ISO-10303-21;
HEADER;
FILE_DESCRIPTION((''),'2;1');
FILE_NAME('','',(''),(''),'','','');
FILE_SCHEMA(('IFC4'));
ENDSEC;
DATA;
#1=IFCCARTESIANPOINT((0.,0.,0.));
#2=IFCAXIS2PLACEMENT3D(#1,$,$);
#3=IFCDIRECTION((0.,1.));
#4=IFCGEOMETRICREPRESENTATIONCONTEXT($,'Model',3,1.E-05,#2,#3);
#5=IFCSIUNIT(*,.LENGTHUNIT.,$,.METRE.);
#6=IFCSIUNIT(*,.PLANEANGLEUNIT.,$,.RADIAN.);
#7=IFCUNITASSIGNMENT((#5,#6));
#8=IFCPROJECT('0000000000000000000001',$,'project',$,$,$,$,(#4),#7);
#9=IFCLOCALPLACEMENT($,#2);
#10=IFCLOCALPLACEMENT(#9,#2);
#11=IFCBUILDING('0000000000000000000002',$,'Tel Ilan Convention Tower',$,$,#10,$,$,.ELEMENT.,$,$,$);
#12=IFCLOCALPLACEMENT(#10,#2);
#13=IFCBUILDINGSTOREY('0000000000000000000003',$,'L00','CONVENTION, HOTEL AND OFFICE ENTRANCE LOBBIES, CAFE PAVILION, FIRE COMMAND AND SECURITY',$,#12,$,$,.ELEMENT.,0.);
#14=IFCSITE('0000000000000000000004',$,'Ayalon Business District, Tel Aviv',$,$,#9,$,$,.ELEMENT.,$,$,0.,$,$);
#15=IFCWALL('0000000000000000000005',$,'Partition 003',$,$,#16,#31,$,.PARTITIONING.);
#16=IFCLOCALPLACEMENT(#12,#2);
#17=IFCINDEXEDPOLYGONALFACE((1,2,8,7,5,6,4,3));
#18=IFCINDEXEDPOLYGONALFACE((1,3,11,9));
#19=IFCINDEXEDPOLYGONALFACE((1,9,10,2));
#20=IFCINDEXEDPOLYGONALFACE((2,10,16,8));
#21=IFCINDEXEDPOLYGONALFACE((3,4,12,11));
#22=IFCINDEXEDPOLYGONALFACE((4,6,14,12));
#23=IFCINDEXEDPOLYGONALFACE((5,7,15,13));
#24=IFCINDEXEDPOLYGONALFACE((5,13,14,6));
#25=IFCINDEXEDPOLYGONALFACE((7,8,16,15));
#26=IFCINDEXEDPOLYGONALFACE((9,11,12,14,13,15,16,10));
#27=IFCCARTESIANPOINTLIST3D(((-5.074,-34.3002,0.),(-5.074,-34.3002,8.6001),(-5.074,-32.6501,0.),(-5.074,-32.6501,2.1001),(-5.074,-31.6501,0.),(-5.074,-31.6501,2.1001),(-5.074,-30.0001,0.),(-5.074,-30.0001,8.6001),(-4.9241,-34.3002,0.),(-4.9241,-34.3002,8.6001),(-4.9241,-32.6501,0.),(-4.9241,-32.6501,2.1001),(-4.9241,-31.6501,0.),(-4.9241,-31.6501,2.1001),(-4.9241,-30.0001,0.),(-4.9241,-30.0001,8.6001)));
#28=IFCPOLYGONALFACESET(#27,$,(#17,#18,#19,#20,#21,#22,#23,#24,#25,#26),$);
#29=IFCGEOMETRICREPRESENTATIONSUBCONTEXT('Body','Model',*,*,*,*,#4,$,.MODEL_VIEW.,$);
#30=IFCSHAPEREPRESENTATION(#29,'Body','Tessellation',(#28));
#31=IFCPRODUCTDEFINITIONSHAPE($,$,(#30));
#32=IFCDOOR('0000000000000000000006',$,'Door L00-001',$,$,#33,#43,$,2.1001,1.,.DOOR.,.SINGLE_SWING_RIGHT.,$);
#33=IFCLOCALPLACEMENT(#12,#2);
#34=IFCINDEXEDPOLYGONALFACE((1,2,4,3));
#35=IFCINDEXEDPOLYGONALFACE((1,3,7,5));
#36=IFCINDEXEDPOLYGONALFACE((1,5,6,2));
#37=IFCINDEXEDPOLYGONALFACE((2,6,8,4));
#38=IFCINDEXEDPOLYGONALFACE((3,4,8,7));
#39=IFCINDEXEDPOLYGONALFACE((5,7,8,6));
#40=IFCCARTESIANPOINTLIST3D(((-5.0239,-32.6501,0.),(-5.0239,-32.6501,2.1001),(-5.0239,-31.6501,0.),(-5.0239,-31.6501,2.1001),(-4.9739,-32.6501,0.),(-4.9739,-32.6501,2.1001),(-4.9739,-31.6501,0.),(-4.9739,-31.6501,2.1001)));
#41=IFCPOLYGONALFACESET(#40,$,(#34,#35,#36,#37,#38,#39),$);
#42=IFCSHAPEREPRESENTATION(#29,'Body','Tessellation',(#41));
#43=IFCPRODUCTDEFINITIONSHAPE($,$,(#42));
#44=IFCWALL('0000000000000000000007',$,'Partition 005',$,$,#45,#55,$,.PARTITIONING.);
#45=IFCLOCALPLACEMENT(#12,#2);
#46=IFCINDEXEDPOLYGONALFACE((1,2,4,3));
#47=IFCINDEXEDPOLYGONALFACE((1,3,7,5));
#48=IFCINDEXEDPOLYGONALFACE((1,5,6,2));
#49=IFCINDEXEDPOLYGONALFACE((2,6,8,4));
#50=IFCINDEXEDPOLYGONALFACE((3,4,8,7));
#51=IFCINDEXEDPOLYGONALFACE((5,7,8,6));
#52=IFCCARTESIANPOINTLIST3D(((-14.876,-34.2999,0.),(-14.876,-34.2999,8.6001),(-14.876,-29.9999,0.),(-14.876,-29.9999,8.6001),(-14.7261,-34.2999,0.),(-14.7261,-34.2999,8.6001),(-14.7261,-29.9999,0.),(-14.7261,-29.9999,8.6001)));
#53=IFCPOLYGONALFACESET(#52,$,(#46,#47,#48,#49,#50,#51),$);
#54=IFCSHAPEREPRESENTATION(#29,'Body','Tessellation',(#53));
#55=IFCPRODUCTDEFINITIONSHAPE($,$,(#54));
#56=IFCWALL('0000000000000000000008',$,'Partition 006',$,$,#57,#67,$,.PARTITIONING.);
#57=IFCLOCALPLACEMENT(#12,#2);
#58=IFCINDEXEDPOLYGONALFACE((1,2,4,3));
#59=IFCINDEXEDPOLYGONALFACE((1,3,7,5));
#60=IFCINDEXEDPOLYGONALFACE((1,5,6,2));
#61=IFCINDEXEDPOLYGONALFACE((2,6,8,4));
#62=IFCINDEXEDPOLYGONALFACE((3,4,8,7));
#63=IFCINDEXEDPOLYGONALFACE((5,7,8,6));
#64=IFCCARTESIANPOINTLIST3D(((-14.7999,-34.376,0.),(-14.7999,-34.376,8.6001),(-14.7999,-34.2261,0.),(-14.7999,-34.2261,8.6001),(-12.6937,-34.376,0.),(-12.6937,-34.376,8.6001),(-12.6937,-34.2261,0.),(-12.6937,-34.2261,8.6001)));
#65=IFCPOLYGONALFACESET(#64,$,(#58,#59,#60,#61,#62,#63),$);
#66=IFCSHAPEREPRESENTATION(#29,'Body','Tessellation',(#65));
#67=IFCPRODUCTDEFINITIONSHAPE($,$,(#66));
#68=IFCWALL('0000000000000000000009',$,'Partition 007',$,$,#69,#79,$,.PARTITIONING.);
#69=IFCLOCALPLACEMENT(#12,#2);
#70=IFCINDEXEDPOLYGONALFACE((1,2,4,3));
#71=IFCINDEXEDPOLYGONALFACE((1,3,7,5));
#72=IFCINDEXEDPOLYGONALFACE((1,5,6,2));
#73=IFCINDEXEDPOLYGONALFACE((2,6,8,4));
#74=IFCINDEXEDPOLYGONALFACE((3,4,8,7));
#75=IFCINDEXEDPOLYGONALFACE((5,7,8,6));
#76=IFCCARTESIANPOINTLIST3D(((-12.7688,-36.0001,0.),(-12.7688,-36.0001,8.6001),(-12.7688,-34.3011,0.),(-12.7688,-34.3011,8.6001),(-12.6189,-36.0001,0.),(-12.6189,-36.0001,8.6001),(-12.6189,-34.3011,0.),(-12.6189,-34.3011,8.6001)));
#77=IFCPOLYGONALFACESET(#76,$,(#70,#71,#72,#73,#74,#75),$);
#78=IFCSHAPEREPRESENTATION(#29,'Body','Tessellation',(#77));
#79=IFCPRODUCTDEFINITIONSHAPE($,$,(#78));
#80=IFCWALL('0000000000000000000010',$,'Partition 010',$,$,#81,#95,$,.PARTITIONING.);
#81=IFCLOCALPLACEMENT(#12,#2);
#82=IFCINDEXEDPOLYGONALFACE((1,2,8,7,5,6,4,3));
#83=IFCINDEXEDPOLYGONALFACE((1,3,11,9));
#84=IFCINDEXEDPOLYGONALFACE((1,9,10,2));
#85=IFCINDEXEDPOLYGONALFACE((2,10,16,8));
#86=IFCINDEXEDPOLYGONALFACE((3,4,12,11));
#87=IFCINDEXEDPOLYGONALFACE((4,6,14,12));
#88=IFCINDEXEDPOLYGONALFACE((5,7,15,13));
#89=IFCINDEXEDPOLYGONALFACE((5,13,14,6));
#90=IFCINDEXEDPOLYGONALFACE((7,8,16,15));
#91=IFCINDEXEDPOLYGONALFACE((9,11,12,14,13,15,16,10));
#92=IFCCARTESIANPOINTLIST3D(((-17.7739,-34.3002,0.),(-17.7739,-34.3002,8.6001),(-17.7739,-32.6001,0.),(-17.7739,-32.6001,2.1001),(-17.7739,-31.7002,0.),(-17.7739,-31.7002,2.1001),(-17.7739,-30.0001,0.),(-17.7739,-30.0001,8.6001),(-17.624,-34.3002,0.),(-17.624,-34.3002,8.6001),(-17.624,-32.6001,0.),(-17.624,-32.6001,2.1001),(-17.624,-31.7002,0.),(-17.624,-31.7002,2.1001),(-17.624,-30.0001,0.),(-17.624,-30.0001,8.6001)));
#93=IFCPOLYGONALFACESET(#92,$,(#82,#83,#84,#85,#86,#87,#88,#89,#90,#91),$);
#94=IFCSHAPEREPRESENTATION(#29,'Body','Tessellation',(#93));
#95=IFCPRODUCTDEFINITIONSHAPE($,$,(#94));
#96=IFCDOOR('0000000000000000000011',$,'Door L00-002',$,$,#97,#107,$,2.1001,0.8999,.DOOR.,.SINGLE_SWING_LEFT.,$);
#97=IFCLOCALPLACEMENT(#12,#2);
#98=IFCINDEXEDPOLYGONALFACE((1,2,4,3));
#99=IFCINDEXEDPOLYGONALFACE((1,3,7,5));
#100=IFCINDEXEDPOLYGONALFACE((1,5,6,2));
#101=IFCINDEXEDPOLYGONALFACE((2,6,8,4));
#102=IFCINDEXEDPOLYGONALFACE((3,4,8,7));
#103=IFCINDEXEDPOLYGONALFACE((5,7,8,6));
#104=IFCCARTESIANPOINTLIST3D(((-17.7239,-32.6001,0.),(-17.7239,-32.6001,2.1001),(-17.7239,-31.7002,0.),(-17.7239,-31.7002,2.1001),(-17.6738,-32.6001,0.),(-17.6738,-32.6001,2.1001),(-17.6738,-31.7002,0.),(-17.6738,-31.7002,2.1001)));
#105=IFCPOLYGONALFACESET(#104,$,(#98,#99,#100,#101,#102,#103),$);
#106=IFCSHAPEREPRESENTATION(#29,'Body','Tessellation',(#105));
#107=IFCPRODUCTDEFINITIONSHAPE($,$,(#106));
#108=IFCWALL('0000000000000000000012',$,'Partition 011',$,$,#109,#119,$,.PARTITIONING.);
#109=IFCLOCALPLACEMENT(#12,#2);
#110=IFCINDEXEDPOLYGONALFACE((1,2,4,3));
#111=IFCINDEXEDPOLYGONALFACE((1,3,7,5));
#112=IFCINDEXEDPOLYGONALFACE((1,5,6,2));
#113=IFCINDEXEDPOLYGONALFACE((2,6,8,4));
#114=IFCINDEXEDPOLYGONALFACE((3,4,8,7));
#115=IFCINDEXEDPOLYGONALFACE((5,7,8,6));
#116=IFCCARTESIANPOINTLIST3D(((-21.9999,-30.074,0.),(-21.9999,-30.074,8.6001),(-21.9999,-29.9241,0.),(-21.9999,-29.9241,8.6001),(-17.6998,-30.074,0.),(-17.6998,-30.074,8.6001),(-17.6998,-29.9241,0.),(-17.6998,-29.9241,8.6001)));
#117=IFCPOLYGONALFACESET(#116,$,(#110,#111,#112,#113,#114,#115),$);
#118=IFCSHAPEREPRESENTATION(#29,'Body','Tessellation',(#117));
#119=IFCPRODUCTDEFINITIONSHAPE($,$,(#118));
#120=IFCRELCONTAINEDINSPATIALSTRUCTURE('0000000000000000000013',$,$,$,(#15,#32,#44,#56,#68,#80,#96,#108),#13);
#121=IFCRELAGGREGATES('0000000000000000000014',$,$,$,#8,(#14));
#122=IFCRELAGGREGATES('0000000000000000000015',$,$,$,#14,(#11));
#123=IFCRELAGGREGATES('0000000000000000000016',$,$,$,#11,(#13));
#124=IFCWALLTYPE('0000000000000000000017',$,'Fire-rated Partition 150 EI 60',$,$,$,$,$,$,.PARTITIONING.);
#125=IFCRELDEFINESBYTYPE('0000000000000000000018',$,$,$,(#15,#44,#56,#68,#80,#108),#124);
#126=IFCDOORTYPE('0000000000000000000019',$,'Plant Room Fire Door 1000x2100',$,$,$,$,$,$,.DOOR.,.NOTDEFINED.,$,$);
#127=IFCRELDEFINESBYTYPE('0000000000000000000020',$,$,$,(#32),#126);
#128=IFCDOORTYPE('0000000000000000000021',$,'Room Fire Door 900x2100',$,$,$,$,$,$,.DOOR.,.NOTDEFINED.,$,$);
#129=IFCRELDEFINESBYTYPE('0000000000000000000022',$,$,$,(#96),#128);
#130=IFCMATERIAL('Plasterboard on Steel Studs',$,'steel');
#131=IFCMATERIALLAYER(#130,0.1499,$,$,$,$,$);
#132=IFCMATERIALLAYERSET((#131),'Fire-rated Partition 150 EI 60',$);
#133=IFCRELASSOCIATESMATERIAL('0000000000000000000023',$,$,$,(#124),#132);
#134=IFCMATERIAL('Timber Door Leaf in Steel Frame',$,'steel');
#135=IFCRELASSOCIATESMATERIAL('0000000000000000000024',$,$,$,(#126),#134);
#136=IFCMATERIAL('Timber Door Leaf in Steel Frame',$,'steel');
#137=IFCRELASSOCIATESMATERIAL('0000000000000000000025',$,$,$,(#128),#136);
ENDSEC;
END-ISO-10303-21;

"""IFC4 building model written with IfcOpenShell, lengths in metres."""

from ifc_helpers import new_model, si_unit, direction, frame, frame_2d, origin, place, context, subcontext, project, spatial, rectangle, extrude, material, layer, layer_set, type_object, element, fill, save


model = new_model("IFC4")

# Units and contexts
model_context = context("Model", 3, precision=1e-05, world=origin(), true_north=direction((0.0, 1.0)))
body_context = subcontext(model_context, "Body", "Model", "MODEL_VIEW")
ifc_project = project(units=[si_unit("LENGTHUNIT", "METRE"), si_unit("PLANEANGLEUNIT", "RADIAN")], contexts=[model_context])

# Site, building, storey
site_placement = place(None, origin())
site = spatial("IfcSite", under=ifc_project, at=site_placement, Name="Ayalon Business District, Tel Aviv", CompositionType="ELEMENT", RefElevation=0.0)
building_placement = place(site_placement, origin())
building = spatial("IfcBuilding", under=site, at=building_placement, Name="Tel Ilan Convention Tower", CompositionType="ELEMENT")
storey_placement = place(building_placement, origin())
storey = spatial("IfcBuildingStorey", under=building, at=storey_placement, Name="L00", Description="CONVENTION, HOTEL AND OFFICE ENTRANCE LOBBIES, CAFE PAVILION, FIRE COMMAND AND SECURITY", CompositionType="ELEMENT", Elevation=0.0)

# Shared definitions
ifc_material_1 = material(Name="Plasterboard on Steel Studs", Category="steel")
ifc_layer_1 = layer(ifc_material_1, 0.1499)
ifc_layer_set_1 = layer_set([ifc_layer_1], Name="Fire-rated Partition 150 EI 60")
wall_type_1 = type_object("IfcWallType", Name="Fire-rated Partition 150 EI 60", PredefinedType="PARTITIONING", material=ifc_layer_set_1)

# Wall, opening, door
wall_1_placement = place(storey_placement, frame((-4.999, -34.3, 0.0), z_axis=(0.0, 0.0, 1.0), x_axis=(0.0, 1.0, 0.0)))
wall_1 = element("IfcWall", 1, at=wall_1_placement, inside=storey, type_object=wall_type_1, Name="Partition 003", PredefinedType="PARTITIONING", context=body_context, shape_type="SweptSolid", body=[
    extrude(rectangle(XDim=4.3, YDim=0.1499, at=frame_2d((2.1499, 0.0))), origin(), (0.0, 0.0, 1.0), 8.6001),
])
opening_1_placement = place(wall_1_placement, frame((1.6499, 0.0, 0.0)))
opening_1 = element("IfcOpeningElement", 2, at=opening_1_placement, cuts=wall_1, PredefinedType="OPENING", context=body_context, shape_type="SweptSolid", body=[
    extrude(rectangle(XDim=1.0, YDim=2.1001, at=frame_2d((0.5, 1.05))), frame((0.0, 0.085, 0.0), z_axis=(0.0, -1.0, 0.0), x_axis=(1.0, 0.0, 0.0)), (0.0, 0.0, 1.0), 0.1699),
])
ifc_material_2 = material(Name="Timber Door Leaf in Steel Frame", Category="steel")
door_type_1 = type_object("IfcDoorType", Name="Plant Room Fire Door 1000x2100", OperationType="NOTDEFINED", PredefinedType="DOOR", material=ifc_material_2)
door_1_placement = place(opening_1_placement, origin())
door_1 = element("IfcDoor", 3, at=door_1_placement, inside=storey, type_object=door_type_1, Name="Door L00-001", OperationType="SINGLE_SWING_RIGHT", OverallHeight=2.1001, OverallWidth=1.0, PredefinedType="DOOR", context=body_context, shape_type="SweptSolid", body=[
    extrude(rectangle(XDim=1.0, YDim=2.1001, at=frame_2d((0.5, 1.05))), frame((0.0, 0.0249, 0.0), z_axis=(0.0, -1.0, 0.0), x_axis=(1.0, 0.0, 0.0)), (0.0, 0.0, 1.0), 0.05),
])
fill(opening_1, door_1)

# Walls
wall_2_placement = place(storey_placement, frame((-14.801, -30.0, 0.0), z_axis=(0.0, 0.0, 1.0), x_axis=(0.0, -1.0, 0.0)))
element("IfcWall", 4, at=wall_2_placement, inside=storey, type_object=wall_type_1, Name="Partition 005", PredefinedType="PARTITIONING", context=body_context, shape_type="SweptSolid", body=[
    extrude(rectangle(XDim=4.3, YDim=0.1499, at=frame_2d((2.1499, 0.0))), origin(), (0.0, 0.0, 1.0), 8.6001),
])
wall_3_placement = place(storey_placement, frame((-14.8, -34.301, 0.0), z_axis=(0.0, 0.0, 1.0), x_axis=(1.0, 0.0, 0.0)))
element("IfcWall", 5, at=wall_3_placement, inside=storey, type_object=wall_type_1, Name="Partition 006", PredefinedType="PARTITIONING", context=body_context, shape_type="SweptSolid", body=[
    extrude(rectangle(XDim=2.1062, YDim=0.1499, at=frame_2d((1.0532, 0.0))), origin(), (0.0, 0.0, 1.0), 8.6001),
])
wall_4_placement = place(storey_placement, frame((-12.6938, -34.301, 0.0), z_axis=(0.0, 0.0, 1.0), x_axis=(0.0, -1.0, 0.0)))
element("IfcWall", 6, at=wall_4_placement, inside=storey, type_object=wall_type_1, Name="Partition 007", PredefinedType="PARTITIONING", context=body_context, shape_type="SweptSolid", body=[
    extrude(rectangle(XDim=1.699, YDim=0.1499, at=frame_2d((0.8496, 0.0))), origin(), (0.0, 0.0, 1.0), 8.6001),
])

# Wall, opening, door
wall_5_placement = place(storey_placement, frame((-17.699, -34.3, 0.0), z_axis=(0.0, 0.0, 1.0), x_axis=(0.0, 1.0, 0.0)))
wall_5 = element("IfcWall", 7, at=wall_5_placement, inside=storey, type_object=wall_type_1, Name="Partition 010", PredefinedType="PARTITIONING", context=body_context, shape_type="SweptSolid", body=[
    extrude(rectangle(XDim=4.3, YDim=0.1499, at=frame_2d((2.1499, 0.0))), origin(), (0.0, 0.0, 1.0), 8.6001),
])
opening_2_placement = place(wall_5_placement, frame((1.7, 0.0, 0.0)))
opening_2 = element("IfcOpeningElement", 8, at=opening_2_placement, cuts=wall_5, PredefinedType="OPENING", context=body_context, shape_type="SweptSolid", body=[
    extrude(rectangle(XDim=0.8999, YDim=2.1001, at=frame_2d((0.45, 1.05))), frame((0.0, 0.085, 0.0), z_axis=(0.0, -1.0, 0.0), x_axis=(1.0, 0.0, 0.0)), (0.0, 0.0, 1.0), 0.1699),
])
ifc_material_3 = material(Name="Timber Door Leaf in Steel Frame", Category="steel")
door_type_2 = type_object("IfcDoorType", Name="Room Fire Door 900x2100", OperationType="NOTDEFINED", PredefinedType="DOOR", material=ifc_material_3)
door_2_placement = place(opening_2_placement, origin())
door_2 = element("IfcDoor", 9, at=door_2_placement, inside=storey, type_object=door_type_2, Name="Door L00-002", OperationType="SINGLE_SWING_LEFT", OverallHeight=2.1001, OverallWidth=0.8999, PredefinedType="DOOR", context=body_context, shape_type="SweptSolid", body=[
    extrude(rectangle(XDim=0.8999, YDim=2.1001, at=frame_2d((0.45, 1.05))), frame((0.0, 0.0249, 0.0), z_axis=(0.0, -1.0, 0.0), x_axis=(1.0, 0.0, 0.0)), (0.0, 0.0, 1.0), 0.05),
])
fill(opening_2, door_2)

# Wall
wall_6_placement = place(storey_placement, frame((-17.7, -29.999, 0.0), z_axis=(0.0, 0.0, 1.0), x_axis=(-1.0, 0.0, 0.0)))
element("IfcWall", 10, at=wall_6_placement, inside=storey, type_object=wall_type_1, Name="Partition 011", PredefinedType="PARTITIONING", context=body_context, shape_type="SweptSolid", body=[
    extrude(rectangle(XDim=4.3, YDim=0.1499, at=frame_2d((2.1499, 0.0))), origin(), (0.0, 0.0, 1.0), 8.6001),
])

save(model, "model.ifc")
